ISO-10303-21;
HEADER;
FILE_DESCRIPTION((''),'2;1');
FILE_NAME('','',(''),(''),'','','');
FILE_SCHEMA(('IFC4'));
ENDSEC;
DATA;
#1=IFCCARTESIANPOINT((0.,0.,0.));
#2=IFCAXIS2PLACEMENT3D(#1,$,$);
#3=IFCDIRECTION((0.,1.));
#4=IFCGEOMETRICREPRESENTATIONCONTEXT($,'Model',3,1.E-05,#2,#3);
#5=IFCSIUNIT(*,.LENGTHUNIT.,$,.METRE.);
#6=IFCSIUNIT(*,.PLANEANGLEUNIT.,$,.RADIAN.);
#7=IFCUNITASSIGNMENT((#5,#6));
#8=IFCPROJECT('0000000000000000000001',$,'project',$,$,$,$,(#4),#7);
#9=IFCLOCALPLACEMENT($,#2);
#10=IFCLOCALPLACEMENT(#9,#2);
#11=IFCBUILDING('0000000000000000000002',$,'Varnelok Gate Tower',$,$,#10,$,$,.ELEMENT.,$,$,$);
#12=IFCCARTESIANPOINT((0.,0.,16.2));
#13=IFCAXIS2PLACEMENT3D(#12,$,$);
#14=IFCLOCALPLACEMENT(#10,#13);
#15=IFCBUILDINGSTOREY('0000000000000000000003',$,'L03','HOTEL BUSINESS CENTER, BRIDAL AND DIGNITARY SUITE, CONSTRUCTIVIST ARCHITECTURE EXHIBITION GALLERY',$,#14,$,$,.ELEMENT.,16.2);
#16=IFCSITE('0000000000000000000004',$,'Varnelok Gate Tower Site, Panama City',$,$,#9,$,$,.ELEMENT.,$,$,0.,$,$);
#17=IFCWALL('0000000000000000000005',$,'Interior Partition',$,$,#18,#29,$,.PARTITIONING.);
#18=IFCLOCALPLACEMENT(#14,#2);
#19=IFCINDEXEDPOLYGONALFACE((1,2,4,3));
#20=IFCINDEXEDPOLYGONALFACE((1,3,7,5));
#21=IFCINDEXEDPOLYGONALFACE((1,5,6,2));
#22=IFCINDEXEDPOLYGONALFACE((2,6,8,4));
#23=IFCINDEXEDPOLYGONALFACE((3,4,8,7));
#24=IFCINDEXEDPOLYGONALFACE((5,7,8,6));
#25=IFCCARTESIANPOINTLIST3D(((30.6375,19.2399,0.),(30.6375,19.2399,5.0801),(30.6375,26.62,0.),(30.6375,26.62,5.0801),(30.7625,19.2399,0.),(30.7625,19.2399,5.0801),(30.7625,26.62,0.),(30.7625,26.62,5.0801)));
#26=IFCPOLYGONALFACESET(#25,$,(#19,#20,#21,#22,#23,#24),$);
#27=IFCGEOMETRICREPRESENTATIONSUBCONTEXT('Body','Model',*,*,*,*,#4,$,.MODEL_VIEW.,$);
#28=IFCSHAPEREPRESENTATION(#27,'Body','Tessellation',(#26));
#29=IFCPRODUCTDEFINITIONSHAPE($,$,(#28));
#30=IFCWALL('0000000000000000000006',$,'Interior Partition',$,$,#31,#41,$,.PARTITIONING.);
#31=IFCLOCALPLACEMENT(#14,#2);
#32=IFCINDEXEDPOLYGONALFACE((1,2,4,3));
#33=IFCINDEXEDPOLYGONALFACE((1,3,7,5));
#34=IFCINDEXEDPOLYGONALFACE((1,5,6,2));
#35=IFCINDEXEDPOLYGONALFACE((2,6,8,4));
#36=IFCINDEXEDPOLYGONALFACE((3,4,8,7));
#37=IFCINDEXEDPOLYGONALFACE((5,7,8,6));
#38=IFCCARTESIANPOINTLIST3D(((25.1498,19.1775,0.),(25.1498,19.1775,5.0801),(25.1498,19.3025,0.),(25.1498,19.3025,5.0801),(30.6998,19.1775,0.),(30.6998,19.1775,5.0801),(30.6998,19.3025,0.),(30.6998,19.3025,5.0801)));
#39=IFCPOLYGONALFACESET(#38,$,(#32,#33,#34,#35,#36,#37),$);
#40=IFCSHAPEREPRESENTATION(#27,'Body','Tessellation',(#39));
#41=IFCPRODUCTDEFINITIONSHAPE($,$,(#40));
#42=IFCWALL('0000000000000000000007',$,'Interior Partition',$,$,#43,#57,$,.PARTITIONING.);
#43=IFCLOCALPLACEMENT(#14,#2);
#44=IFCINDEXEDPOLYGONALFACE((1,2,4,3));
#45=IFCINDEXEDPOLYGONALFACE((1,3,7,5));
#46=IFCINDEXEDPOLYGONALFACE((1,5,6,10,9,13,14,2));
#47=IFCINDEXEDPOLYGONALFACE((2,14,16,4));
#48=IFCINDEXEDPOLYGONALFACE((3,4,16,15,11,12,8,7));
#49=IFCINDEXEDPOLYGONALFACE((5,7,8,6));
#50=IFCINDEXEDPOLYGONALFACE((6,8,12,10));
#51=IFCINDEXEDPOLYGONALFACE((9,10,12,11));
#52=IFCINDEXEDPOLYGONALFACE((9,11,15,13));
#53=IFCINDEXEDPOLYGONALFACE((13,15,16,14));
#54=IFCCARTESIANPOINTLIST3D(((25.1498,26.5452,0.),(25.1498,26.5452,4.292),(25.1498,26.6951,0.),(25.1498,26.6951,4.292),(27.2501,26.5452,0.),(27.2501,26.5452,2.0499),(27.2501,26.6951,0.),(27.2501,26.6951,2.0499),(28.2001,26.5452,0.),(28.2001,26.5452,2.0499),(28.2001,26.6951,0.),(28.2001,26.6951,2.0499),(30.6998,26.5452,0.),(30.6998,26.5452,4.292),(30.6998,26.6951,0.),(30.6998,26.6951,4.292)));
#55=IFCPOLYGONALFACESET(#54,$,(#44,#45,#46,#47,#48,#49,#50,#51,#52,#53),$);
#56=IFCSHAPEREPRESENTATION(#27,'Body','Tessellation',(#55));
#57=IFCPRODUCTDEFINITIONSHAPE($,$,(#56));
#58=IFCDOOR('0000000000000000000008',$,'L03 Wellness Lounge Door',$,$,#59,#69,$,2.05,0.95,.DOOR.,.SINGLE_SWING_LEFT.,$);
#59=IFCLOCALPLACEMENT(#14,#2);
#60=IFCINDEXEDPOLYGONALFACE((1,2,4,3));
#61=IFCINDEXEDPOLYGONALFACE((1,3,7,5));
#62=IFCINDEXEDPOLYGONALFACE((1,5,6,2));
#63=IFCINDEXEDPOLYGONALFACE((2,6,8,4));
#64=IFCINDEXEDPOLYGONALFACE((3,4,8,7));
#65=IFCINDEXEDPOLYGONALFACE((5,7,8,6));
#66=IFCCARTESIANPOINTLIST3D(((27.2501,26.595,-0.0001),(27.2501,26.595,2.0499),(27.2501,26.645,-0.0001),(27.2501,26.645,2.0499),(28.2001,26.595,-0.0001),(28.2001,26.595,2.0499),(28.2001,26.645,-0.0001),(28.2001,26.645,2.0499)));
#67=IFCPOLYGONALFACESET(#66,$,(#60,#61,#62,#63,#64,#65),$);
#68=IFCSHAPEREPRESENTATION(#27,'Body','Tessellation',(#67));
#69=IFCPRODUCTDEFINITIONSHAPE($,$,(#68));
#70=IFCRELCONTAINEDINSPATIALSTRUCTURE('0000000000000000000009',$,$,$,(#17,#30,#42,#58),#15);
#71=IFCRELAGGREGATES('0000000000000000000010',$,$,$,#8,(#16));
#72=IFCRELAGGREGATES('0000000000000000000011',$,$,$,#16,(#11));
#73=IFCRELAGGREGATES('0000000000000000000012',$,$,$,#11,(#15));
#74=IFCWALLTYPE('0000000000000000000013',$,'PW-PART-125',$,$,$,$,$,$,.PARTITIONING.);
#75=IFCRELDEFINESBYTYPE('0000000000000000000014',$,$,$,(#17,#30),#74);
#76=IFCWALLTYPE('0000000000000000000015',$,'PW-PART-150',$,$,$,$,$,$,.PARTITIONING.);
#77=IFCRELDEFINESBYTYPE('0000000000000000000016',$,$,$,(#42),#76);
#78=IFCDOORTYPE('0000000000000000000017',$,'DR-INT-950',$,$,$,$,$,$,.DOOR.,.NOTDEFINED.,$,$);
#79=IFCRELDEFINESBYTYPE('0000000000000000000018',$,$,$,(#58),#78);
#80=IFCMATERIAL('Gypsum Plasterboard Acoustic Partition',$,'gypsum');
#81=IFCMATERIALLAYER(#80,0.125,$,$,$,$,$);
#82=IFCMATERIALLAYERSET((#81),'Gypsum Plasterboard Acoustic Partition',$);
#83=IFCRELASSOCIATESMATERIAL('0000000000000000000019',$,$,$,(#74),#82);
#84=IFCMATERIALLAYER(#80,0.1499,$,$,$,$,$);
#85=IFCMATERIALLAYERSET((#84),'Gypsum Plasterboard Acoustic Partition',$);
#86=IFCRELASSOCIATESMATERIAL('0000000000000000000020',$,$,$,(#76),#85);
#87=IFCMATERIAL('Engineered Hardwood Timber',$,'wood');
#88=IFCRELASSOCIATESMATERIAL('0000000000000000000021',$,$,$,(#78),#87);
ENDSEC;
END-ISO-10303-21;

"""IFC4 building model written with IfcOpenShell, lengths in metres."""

from ifc_helpers import new_model, si_unit, direction, frame, frame_2d, origin, place, context, subcontext, project, spatial, rectangle, extrude, material, layer, layer_set, type_object, element, fill, save


model = new_model("IFC4")

# Units and contexts
model_context = context("Model", 3, precision=1e-05, world=origin(), true_north=direction((0.0, 1.0)))
body_context = subcontext(model_context, "Body", "Model", "MODEL_VIEW")
ifc_project = project(units=[si_unit("LENGTHUNIT", "METRE"), si_unit("PLANEANGLEUNIT", "RADIAN")], contexts=[model_context])

# Site, building, storey
site_placement = place(None, origin())
site = spatial("IfcSite", under=ifc_project, at=site_placement, Name="Varnelok Gate Tower Site, Panama City", CompositionType="ELEMENT", RefElevation=0.0)
building_placement = place(site_placement, origin())
building = spatial("IfcBuilding", under=site, at=building_placement, Name="Varnelok Gate Tower", CompositionType="ELEMENT")
storey_placement = place(building_placement, frame((0.0, 0.0, 16.2)))
storey = spatial("IfcBuildingStorey", under=building, at=storey_placement, Name="L03", Description="HOTEL BUSINESS CENTER, BRIDAL AND DIGNITARY SUITE, CONSTRUCTIVIST ARCHITECTURE EXHIBITION GALLERY", CompositionType="ELEMENT", Elevation=16.2)

# Walls
ifc_material_1 = material(Name="Gypsum Plasterboard Acoustic Partition", Category="gypsum")
ifc_layer_1 = layer(ifc_material_1, 0.125)
ifc_layer_set_1 = layer_set([ifc_layer_1], Name="Gypsum Plasterboard Acoustic Partition")
wall_type_1 = type_object("IfcWallType", Name="PW-PART-125", PredefinedType="PARTITIONING", material=ifc_layer_set_1)
for number, where, z_axis, x_axis, name in (
    (1, (30.7, 19.24, 0.0), (0.0, 0.0, 1.0), (0.0, 1.0, 0.0), "Interior Partition"),
):
    element("IfcWall", number, at=place(storey_placement, frame(where, z_axis=z_axis, x_axis=x_axis)), inside=storey, type_object=wall_type_1, Name=name, PredefinedType="PARTITIONING", context=body_context, shape_type="SweptSolid", body=[
        extrude(rectangle(XDim=7.3801, YDim=0.125, at=frame_2d((3.6899, 0.0))), origin(), (0.0, 0.0, 1.0), 5.0801),
    ])
wall_1_placement = place(storey_placement, frame((25.1499, 19.24, 0.0), z_axis=(0.0, 0.0, 1.0), x_axis=(1.0, 0.0, 0.0)))
element("IfcWall", 2, at=wall_1_placement, inside=storey, type_object=wall_type_1, Name="Interior Partition", PredefinedType="PARTITIONING", context=body_context, shape_type="SweptSolid", body=[
    extrude(rectangle(XDim=5.55, YDim=0.125, at=frame_2d((2.7749, 0.0))), origin(), (0.0, 0.0, 1.0), 5.0801),
])

# Wall, opening, door
ifc_layer_2 = layer(ifc_material_1, 0.1499)
ifc_layer_set_2 = layer_set([ifc_layer_2], Name="Gypsum Plasterboard Acoustic Partition")
wall_type_2 = type_object("IfcWallType", Name="PW-PART-150", PredefinedType="PARTITIONING", material=ifc_layer_set_2)
wall_2_placement = place(storey_placement, frame((25.1499, 26.6201, 0.0), z_axis=(0.0, 0.0, 1.0), x_axis=(1.0, 0.0, 0.0)))
wall_2 = element("IfcWall", 3, at=wall_2_placement, inside=storey, type_object=wall_type_2, Name="Interior Partition", PredefinedType="PARTITIONING", context=body_context, shape_type="SweptSolid", body=[
    extrude(rectangle(XDim=5.55, YDim=0.1499, at=frame_2d((2.7749, 0.0))), origin(), (0.0, 0.0, 1.0), 4.292),
])
opening_placement = place(wall_2_placement, frame((2.1001, 0.0, 0.0)))
opening = element("IfcOpeningElement", 4, at=opening_placement, cuts=wall_2, PredefinedType="OPENING", context=body_context, shape_type="SweptSolid", body=[
    extrude(rectangle(XDim=0.95, YDim=2.05, at=frame_2d((0.4751, 1.0249))), frame((0.0, 0.085, 0.0), z_axis=(0.0, -1.0, 0.0), x_axis=(1.0, 0.0, 0.0)), (0.0, 0.0, 1.0), 0.1699),
])
ifc_material_2 = material(Name="Engineered Hardwood Timber", Category="wood")
door_type = type_object("IfcDoorType", Name="DR-INT-950", OperationType="NOTDEFINED", PredefinedType="DOOR", material=ifc_material_2)
door_placement = place(opening_placement, origin())
door = element("IfcDoor", 5, at=door_placement, inside=storey, type_object=door_type, Name="L03 Wellness Lounge Door", OperationType="SINGLE_SWING_LEFT", OverallHeight=2.05, OverallWidth=0.95, PredefinedType="DOOR", context=body_context, shape_type="SweptSolid", body=[
    extrude(rectangle(XDim=0.95, YDim=2.05, at=frame_2d((0.4751, 1.0249))), frame((0.0, 0.0249, 0.0), z_axis=(0.0, -1.0, 0.0), x_axis=(1.0, 0.0, 0.0)), (0.0, 0.0, 1.0), 0.05),
])
fill(opening, door)

save(model, "model.ifc")
